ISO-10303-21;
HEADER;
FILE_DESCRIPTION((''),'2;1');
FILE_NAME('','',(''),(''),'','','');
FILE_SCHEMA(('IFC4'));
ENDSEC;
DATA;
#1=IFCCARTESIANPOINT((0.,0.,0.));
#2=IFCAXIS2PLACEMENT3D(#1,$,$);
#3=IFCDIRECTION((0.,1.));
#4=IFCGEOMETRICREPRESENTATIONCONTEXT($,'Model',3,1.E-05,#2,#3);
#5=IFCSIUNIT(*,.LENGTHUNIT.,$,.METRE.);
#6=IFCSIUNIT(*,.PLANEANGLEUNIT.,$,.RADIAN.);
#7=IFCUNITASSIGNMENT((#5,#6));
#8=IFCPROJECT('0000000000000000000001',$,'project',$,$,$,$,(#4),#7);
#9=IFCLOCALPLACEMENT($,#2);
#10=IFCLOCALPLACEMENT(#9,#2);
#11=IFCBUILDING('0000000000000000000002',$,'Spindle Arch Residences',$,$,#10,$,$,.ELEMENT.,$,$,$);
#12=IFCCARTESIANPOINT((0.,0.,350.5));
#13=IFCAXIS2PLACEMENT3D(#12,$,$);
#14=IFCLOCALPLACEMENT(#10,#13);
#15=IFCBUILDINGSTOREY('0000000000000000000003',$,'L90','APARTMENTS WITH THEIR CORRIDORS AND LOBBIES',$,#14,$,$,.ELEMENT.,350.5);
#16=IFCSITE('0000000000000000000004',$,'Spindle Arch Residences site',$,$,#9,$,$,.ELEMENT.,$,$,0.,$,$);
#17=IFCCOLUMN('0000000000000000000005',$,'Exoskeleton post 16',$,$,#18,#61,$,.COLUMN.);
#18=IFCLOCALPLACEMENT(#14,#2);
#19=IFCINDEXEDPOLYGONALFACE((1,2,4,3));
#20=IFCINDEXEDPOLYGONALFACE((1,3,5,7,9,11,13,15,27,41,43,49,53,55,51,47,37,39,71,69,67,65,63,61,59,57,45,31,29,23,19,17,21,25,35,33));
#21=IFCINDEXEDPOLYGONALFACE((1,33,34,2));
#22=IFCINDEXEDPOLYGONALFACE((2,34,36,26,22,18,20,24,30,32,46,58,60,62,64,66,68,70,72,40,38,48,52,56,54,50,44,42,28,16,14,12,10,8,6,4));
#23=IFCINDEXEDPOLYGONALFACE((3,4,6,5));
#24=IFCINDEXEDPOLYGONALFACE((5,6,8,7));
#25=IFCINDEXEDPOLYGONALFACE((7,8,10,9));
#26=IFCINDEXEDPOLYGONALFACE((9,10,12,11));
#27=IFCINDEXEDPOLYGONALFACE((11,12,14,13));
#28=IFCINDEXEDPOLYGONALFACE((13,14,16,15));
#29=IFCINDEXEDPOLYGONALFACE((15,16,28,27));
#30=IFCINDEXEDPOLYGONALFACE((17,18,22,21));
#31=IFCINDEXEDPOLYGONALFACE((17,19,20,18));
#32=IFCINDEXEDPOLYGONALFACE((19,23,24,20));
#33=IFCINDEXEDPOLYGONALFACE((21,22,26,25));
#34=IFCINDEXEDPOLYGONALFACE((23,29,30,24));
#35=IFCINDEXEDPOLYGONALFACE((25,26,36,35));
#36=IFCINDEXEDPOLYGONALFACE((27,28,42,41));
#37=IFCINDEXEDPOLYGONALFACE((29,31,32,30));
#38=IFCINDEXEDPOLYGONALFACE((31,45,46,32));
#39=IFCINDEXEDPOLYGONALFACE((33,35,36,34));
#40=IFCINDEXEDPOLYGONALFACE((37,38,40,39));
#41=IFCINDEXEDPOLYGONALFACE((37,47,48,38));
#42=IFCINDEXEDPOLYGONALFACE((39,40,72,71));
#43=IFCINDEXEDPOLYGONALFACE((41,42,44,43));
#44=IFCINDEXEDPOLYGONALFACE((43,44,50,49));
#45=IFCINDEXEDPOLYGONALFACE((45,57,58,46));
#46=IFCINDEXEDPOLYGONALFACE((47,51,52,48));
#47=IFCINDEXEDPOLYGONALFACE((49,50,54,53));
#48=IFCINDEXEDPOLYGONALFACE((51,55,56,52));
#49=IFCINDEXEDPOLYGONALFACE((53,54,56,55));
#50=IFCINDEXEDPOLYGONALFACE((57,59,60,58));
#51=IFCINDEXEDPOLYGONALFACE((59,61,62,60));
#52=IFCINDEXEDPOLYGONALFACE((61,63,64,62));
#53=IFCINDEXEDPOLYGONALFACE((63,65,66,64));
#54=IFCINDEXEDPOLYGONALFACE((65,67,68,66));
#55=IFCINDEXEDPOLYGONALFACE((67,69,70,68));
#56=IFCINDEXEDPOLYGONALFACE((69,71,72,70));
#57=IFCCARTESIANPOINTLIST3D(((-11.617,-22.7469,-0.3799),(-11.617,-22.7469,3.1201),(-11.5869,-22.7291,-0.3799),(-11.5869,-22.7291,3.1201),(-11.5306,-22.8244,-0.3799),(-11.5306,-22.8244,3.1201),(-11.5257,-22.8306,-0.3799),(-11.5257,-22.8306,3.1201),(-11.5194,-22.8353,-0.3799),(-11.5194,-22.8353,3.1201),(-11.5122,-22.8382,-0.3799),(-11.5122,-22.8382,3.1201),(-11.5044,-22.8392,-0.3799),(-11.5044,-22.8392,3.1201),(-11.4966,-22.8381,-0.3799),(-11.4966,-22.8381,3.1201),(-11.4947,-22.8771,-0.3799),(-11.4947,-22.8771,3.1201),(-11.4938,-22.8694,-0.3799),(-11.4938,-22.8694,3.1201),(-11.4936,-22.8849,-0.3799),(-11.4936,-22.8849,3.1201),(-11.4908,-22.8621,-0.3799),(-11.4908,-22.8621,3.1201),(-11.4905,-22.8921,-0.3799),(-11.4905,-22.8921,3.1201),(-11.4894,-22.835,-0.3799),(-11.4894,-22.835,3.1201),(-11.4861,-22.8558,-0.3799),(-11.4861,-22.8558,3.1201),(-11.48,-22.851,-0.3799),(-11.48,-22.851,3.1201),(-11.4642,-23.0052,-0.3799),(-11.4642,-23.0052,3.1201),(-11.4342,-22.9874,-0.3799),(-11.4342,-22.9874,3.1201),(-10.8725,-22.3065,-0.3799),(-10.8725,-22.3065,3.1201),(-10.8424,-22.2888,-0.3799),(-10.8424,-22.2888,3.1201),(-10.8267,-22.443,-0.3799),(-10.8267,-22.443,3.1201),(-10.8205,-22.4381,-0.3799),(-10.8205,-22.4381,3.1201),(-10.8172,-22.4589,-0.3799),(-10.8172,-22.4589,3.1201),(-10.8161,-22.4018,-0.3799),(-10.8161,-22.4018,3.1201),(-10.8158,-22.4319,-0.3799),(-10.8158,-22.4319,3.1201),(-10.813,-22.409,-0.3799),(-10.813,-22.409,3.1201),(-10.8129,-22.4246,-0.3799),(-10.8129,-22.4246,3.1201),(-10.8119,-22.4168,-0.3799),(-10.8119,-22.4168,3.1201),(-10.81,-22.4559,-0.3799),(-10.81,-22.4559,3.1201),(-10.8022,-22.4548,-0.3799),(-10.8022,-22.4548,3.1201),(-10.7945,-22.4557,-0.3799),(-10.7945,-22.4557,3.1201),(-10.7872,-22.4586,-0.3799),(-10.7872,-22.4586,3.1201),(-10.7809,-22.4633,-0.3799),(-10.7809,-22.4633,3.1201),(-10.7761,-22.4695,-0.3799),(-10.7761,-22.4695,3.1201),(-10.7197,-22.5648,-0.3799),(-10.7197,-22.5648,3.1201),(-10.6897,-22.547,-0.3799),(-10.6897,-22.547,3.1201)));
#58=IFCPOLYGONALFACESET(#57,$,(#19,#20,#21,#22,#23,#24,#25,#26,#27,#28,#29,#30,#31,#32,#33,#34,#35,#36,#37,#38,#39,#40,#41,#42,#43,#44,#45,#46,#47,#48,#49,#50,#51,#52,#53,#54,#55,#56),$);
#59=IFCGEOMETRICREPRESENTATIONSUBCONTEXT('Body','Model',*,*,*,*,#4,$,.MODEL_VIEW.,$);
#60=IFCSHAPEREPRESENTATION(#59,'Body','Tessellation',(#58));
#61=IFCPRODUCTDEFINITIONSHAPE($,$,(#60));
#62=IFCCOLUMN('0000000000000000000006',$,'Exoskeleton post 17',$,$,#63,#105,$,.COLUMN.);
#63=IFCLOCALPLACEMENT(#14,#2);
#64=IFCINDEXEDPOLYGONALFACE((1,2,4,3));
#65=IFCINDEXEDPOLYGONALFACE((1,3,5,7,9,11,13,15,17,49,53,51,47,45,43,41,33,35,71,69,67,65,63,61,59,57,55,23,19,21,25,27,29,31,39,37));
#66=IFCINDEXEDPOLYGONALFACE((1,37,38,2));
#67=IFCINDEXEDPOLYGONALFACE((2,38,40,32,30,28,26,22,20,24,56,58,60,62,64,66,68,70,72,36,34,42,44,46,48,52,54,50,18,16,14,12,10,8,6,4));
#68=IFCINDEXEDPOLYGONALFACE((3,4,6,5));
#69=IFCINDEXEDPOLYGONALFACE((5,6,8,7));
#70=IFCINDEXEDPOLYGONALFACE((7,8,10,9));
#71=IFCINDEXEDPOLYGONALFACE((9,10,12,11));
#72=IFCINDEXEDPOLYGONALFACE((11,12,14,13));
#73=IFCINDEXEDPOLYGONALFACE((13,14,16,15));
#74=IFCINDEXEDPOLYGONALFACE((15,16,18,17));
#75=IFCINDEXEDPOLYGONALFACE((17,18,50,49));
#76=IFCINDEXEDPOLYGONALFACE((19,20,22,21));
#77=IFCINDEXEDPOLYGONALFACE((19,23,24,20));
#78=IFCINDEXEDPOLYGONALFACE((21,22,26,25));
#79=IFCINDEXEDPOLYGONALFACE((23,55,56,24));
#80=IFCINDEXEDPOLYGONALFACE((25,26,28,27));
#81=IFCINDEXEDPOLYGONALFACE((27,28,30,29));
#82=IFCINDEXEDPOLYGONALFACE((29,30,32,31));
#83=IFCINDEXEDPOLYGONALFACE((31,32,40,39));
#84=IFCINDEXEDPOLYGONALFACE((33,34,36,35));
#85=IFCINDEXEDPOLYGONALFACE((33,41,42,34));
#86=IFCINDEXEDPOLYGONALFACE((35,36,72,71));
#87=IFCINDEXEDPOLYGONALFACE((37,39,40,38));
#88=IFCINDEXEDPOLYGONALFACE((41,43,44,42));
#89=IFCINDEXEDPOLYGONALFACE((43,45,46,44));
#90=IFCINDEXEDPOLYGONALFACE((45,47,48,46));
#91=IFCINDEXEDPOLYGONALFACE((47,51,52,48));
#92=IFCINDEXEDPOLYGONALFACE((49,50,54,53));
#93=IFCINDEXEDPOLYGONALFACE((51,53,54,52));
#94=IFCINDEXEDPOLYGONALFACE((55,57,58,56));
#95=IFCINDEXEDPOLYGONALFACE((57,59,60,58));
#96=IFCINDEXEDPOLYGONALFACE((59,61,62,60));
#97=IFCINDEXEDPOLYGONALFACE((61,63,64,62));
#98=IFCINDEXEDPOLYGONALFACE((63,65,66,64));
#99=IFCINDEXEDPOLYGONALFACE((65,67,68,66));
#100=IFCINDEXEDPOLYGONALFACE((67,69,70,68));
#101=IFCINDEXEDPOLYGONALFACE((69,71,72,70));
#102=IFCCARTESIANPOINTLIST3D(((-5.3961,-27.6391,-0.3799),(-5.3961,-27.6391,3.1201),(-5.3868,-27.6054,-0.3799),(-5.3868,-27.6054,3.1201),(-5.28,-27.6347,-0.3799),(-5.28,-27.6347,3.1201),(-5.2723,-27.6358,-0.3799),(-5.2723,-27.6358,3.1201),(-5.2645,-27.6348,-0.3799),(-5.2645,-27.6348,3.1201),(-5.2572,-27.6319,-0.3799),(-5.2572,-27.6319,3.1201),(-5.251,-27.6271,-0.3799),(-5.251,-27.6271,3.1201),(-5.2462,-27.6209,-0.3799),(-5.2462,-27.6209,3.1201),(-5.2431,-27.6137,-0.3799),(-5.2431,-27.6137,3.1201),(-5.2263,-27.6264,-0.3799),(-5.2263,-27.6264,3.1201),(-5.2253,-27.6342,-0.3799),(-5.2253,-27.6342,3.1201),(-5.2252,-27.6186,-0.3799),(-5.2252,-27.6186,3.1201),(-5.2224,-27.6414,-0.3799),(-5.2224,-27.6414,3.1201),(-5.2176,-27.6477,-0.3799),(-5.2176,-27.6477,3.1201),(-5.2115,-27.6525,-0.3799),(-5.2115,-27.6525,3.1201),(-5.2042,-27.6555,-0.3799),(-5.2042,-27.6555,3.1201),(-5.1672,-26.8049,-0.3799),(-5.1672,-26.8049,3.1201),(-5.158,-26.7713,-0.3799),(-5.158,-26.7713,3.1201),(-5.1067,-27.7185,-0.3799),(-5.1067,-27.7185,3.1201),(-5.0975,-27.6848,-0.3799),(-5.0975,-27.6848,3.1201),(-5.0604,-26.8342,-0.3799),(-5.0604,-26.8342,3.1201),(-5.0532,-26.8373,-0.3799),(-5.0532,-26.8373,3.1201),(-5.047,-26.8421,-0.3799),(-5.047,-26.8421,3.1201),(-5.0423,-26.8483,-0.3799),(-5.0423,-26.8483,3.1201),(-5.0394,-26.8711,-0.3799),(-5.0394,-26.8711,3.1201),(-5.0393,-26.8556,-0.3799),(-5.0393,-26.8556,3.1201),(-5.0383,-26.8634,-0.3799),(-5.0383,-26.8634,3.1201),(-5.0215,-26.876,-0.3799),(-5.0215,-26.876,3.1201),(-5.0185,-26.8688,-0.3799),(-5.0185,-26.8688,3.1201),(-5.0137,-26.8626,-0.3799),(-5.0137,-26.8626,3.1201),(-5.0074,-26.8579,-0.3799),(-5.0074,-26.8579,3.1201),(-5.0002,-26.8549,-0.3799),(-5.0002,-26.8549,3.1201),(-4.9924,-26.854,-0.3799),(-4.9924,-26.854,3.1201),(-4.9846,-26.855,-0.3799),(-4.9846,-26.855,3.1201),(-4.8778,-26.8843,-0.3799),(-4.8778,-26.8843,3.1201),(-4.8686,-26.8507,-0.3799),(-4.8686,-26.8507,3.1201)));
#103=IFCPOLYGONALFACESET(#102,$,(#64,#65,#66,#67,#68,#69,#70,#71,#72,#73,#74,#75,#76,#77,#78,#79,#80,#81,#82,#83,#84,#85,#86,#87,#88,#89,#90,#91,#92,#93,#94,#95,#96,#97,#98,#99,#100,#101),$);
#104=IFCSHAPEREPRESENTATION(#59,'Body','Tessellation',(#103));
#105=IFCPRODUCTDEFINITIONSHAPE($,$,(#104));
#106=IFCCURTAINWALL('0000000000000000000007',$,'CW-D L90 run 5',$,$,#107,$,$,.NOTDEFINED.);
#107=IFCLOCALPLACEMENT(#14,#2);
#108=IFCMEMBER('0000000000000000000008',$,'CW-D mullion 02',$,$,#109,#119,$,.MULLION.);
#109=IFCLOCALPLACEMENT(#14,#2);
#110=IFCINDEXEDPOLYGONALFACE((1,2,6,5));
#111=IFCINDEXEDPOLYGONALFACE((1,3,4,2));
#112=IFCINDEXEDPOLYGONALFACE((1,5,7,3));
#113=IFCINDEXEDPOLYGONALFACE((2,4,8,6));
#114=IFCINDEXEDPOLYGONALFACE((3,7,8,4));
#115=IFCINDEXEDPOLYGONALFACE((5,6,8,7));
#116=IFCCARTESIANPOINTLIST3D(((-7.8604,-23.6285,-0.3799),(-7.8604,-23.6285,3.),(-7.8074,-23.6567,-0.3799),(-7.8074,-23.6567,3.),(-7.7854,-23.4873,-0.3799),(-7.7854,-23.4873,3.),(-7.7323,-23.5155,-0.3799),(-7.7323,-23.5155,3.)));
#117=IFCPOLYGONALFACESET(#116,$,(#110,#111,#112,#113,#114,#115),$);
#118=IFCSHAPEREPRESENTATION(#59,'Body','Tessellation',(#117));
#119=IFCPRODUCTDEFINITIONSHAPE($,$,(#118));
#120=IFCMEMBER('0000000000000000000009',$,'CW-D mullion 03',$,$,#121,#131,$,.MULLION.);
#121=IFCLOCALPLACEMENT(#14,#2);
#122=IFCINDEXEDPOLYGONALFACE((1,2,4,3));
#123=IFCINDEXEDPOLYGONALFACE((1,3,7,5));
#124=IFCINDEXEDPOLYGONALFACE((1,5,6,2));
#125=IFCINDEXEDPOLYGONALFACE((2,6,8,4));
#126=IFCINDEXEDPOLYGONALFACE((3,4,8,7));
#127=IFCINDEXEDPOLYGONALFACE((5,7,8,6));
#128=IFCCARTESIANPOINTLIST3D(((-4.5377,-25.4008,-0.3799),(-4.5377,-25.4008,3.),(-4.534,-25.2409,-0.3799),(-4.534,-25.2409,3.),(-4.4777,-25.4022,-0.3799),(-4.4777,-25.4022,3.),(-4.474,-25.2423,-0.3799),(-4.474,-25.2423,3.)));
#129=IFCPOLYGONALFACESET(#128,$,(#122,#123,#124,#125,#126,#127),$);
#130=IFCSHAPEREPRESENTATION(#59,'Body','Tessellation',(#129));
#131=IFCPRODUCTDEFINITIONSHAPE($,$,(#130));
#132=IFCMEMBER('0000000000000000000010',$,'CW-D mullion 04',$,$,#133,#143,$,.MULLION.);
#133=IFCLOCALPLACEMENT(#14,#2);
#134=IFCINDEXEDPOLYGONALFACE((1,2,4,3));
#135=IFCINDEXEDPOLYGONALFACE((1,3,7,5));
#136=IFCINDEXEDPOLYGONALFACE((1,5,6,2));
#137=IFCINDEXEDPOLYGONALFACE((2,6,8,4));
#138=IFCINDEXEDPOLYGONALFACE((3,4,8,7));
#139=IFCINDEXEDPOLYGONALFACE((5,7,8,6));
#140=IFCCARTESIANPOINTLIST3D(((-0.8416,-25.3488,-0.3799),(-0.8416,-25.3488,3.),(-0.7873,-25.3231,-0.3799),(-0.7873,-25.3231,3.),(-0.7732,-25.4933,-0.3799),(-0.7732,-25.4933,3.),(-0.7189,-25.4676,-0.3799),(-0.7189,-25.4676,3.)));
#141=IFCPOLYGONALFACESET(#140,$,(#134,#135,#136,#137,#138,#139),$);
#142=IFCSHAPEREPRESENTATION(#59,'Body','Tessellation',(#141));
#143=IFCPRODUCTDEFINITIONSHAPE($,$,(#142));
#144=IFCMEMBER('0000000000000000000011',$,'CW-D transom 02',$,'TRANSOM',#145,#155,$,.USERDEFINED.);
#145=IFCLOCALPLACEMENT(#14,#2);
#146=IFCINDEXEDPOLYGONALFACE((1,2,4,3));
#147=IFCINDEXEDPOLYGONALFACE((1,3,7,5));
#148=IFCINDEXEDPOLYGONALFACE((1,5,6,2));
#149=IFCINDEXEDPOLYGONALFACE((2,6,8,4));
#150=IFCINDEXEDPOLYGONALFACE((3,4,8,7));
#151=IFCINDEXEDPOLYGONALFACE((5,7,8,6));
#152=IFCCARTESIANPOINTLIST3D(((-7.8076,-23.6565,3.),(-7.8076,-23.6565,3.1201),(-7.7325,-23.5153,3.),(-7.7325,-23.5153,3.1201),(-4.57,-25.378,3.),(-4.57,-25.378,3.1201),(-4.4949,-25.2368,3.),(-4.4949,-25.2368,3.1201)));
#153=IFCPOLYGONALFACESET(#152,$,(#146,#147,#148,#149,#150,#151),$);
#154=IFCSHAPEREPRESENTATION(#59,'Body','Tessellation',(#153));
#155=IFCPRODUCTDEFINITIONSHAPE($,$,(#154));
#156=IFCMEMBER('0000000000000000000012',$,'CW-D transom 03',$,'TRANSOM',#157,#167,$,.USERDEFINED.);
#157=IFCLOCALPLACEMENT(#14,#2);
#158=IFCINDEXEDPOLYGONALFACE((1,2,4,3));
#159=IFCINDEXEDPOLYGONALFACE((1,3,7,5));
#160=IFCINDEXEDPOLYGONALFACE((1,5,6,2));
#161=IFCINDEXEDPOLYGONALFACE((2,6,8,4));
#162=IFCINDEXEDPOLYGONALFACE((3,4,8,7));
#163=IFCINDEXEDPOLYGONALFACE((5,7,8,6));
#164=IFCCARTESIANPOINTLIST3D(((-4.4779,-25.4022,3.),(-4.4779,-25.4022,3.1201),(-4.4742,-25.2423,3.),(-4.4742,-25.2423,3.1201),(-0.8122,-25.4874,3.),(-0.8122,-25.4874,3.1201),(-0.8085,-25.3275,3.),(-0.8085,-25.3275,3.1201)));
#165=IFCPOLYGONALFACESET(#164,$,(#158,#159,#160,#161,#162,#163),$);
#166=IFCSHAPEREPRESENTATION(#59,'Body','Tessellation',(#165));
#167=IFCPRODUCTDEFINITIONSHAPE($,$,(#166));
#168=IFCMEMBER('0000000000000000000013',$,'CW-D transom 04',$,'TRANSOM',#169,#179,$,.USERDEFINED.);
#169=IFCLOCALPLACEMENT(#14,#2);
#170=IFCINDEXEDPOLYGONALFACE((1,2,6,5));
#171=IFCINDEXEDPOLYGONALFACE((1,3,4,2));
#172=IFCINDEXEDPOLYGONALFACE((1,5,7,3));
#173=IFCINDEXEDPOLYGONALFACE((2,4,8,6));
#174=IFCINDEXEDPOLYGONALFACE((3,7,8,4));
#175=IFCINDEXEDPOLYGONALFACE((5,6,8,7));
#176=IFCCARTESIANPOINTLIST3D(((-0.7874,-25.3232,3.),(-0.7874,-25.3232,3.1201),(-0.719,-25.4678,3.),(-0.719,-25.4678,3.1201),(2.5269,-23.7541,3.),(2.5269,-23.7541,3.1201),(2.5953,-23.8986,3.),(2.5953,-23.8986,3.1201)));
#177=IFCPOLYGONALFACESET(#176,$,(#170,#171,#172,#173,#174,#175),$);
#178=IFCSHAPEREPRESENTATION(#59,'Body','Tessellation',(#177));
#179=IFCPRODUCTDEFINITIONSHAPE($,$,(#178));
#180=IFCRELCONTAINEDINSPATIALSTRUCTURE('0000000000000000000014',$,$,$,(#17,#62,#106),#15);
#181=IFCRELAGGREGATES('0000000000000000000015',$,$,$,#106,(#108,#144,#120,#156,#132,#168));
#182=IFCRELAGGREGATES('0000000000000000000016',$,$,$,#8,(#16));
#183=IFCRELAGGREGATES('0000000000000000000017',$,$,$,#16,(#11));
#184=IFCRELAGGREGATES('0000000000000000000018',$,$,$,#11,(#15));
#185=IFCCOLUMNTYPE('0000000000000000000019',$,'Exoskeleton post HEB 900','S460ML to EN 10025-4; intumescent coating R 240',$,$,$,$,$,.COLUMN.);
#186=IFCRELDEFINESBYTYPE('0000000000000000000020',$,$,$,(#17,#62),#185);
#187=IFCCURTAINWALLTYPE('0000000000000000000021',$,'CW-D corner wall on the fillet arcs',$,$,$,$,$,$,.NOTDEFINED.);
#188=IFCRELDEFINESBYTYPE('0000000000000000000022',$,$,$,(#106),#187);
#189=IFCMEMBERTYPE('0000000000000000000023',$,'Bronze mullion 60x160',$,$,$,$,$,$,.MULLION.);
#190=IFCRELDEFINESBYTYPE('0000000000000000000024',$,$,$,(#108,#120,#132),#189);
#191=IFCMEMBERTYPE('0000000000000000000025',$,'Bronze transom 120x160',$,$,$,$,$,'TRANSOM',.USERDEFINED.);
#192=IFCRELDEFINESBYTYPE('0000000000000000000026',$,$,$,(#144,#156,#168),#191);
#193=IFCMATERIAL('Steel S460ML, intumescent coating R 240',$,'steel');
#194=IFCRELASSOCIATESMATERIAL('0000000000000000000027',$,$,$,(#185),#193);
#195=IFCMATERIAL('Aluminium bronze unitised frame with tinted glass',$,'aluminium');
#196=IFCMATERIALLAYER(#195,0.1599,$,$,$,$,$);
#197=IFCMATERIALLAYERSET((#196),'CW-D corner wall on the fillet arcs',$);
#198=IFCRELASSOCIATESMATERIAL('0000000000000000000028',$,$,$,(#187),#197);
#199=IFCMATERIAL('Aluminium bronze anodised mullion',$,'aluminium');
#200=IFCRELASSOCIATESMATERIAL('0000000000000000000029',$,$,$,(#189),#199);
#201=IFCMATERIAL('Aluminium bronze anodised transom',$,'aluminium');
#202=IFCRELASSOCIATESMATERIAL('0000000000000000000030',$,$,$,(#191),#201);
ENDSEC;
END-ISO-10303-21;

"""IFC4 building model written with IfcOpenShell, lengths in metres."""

from ifc_helpers import new_model, si_unit, direction, frame, origin, origin_2d, place, context, subcontext, project, spatial, rectangle, i_section, extrude, material, layer, layer_set, material_profile, profile_set, type_object, element, aggregate, save


model = new_model("IFC4")

# Units and contexts
model_context = context("Model", 3, precision=1e-05, world=origin(), true_north=direction((0.0, 1.0)))
body_context = subcontext(model_context, "Body", "Model", "MODEL_VIEW")
ifc_project = project(units=[si_unit("LENGTHUNIT", "METRE"), si_unit("PLANEANGLEUNIT", "RADIAN")], contexts=[model_context])

# Site, building, storey
site_placement = place(None, origin())
site = spatial("IfcSite", under=ifc_project, at=site_placement, Name="Spindle Arch Residences site", CompositionType="ELEMENT", RefElevation=0.0)
building_placement = place(site_placement, origin())
building = spatial("IfcBuilding", under=site, at=building_placement, Name="Spindle Arch Residences", CompositionType="ELEMENT")
storey_placement = place(building_placement, frame((0.0, 0.0, 350.5)))
storey = spatial("IfcBuildingStorey", under=building, at=storey_placement, Name="L90", Description="APARTMENTS WITH THEIR CORRIDORS AND LOBBIES", CompositionType="ELEMENT", Elevation=350.5)

# Columns
ifc_material_1 = material(Name="Steel S460ML, intumescent coating R 240", Category="steel")
ifc_material_profile_1 = material_profile(ifc_material_1, i_section(OverallWidth=0.3, OverallDepth=0.8999, WebThickness=0.0186, FlangeThickness=0.0349, FilletRadius=0.03, at=origin_2d()), Name="HEB 900")
ifc_profile_set_1 = profile_set([ifc_material_profile_1], Name="Steel S460ML, intumescent coating R 240")
column_type = type_object("IfcColumnType", Name="Exoskeleton post HEB 900", Description="S460ML to EN 10025-4; intumescent coating R 240", PredefinedType="COLUMN", material=ifc_profile_set_1)
for number, where, z_axis, x_axis, name in (
    (1, (-11.1533, -22.647, -0.3799), (0.0, 0.0, 1.0), (-0.509114, 0.860699, 0.0), "Exoskeleton post 16"),
    (2, (-5.1323, -27.2449, -0.3799), (0.0, 0.0, 1.0), (-0.964363, 0.264583, 0.0), "Exoskeleton post 17"),
):
    element("IfcColumn", number, at=place(storey_placement, frame(where, z_axis=z_axis, x_axis=x_axis)), inside=storey, type_object=column_type, Name=name, PredefinedType="COLUMN", context=body_context, shape_type="SweptSolid", body=[
        extrude(i_section(OverallWidth=0.3, OverallDepth=0.8999, WebThickness=0.0186, FlangeThickness=0.0349, FilletRadius=0.03, at=origin_2d()), origin(), (0.0, 0.0, 1.0), 3.5),
    ])

# Curtain wall, members
ifc_material_2 = material(Name="Aluminium bronze unitised frame with tinted glass", Category="aluminium")
ifc_layer_1 = layer(ifc_material_2, 0.1599)
ifc_layer_set_1 = layer_set([ifc_layer_1], Name="CW-D corner wall on the fillet arcs")
curtain_wall_type = type_object("IfcCurtainWallType", Name="CW-D corner wall on the fillet arcs", PredefinedType="NOTDEFINED", material=ifc_layer_set_1)
curtain_wall_placement = place(storey_placement, origin())
curtain_wall = element("IfcCurtainWall", 3, at=curtain_wall_placement, inside=storey, type_object=curtain_wall_type, Name="CW-D L90 run 5", PredefinedType="NOTDEFINED")
ifc_material_3 = material(Name="Aluminium bronze anodised mullion", Category="aluminium")
ifc_material_profile_2 = material_profile(ifc_material_3, rectangle(XDim=0.1599, YDim=0.0601, at=origin_2d()), Name="MU 60x160")
ifc_profile_set_2 = profile_set([ifc_material_profile_2], Name="Aluminium bronze anodised mullion")
member_type_1 = type_object("IfcMemberType", Name="Bronze mullion 60x160", PredefinedType="MULLION", material=ifc_profile_set_2)
member_1_placement = place(storey_placement, frame((-7.7964, -23.572, -0.3799), z_axis=(0.0, 0.0, 1.0), x_axis=(0.469472, 0.882948, 0.0)))
member_1 = element("IfcMember", 4, at=member_1_placement, type_object=member_type_1, Name="CW-D mullion 02", PredefinedType="MULLION", context=body_context, shape_type="SweptSolid", body=[
    extrude(rectangle(XDim=0.1599, YDim=0.0601, at=origin_2d()), origin(), (0.0, 0.0, 1.0), 3.3799),
])
member_2_placement = place(storey_placement, frame((-4.5059, -25.3215, -0.3799), z_axis=(0.0, 0.0, 1.0), x_axis=(0.023269, 0.999729, 0.0)))
member_2 = element("IfcMember", 5, at=member_2_placement, type_object=member_type_1, Name="CW-D mullion 03", PredefinedType="MULLION", context=body_context, shape_type="SweptSolid", body=[
    extrude(rectangle(XDim=0.1599, YDim=0.0601, at=origin_2d()), origin(), (0.0, 0.0, 1.0), 3.3799),
])
member_3_placement = place(storey_placement, frame((-0.7803, -25.4082, -0.3799), z_axis=(0.0, 0.0, 1.0), x_axis=(-0.427884, 0.903834, 0.0)))
member_3 = element("IfcMember", 6, at=member_3_placement, type_object=member_type_1, Name="CW-D mullion 04", PredefinedType="MULLION", context=body_context, shape_type="SweptSolid", body=[
    extrude(rectangle(XDim=0.1599, YDim=0.0601, at=origin_2d()), origin(), (0.0, 0.0, 1.0), 3.3799),
])
ifc_material_4 = material(Name="Aluminium bronze anodised transom", Category="aluminium")
ifc_material_profile_3 = material_profile(ifc_material_4, rectangle(XDim=0.1599, YDim=0.1201, at=origin_2d()), Name="TR 120x160")
ifc_profile_set_3 = profile_set([ifc_material_profile_3], Name="Aluminium bronze anodised transom")
member_type_2 = type_object("IfcMemberType", Name="Bronze transom 120x160", ElementType="TRANSOM", PredefinedType="USERDEFINED", material=ifc_profile_set_3)
member_4_placement = place(storey_placement, frame((-7.77, -23.5859, 3.0601), z_axis=(0.882948, -0.469472, 0.0), x_axis=(0.469472, 0.882948, 0.0)))
member_4 = element("IfcMember", 7, at=member_4_placement, type_object=member_type_2, Name="CW-D transom 02", ObjectType="TRANSOM", PredefinedType="USERDEFINED", context=body_context, shape_type="SweptSolid", body=[
    extrude(rectangle(XDim=0.1599, YDim=0.1201, at=origin_2d()), origin(), (0.0, 0.0, 1.0), 3.6667),
])
member_5_placement = place(storey_placement, frame((-4.4761, -25.3223, 3.0601), z_axis=(0.99973, -0.023237, 0.0), x_axis=(0.023237, 0.99973, 0.0)))
member_5 = element("IfcMember", 8, at=member_5_placement, type_object=member_type_2, Name="CW-D transom 03", ObjectType="TRANSOM", PredefinedType="USERDEFINED", context=body_context, shape_type="SweptSolid", body=[
    extrude(rectangle(XDim=0.1599, YDim=0.1201, at=origin_2d()), origin(), (0.0, 0.0, 1.0), 3.6667),
])
member_6_placement = place(storey_placement, frame((-0.7532, -25.3955, 3.0601), z_axis=(0.903822, 0.427909, 0.0), x_axis=(-0.427909, 0.903822, 0.0)))
member_6 = element("IfcMember", 9, at=member_6_placement, type_object=member_type_2, Name="CW-D transom 04", ObjectType="TRANSOM", PredefinedType="USERDEFINED", context=body_context, shape_type="SweptSolid", body=[
    extrude(rectangle(XDim=0.1599, YDim=0.1201, at=origin_2d()), origin(), (0.0, 0.0, 1.0), 3.667),
])

aggregate(curtain_wall, [member_1, member_4, member_2, member_5, member_3, member_6])

save(model, "model.ifc")
